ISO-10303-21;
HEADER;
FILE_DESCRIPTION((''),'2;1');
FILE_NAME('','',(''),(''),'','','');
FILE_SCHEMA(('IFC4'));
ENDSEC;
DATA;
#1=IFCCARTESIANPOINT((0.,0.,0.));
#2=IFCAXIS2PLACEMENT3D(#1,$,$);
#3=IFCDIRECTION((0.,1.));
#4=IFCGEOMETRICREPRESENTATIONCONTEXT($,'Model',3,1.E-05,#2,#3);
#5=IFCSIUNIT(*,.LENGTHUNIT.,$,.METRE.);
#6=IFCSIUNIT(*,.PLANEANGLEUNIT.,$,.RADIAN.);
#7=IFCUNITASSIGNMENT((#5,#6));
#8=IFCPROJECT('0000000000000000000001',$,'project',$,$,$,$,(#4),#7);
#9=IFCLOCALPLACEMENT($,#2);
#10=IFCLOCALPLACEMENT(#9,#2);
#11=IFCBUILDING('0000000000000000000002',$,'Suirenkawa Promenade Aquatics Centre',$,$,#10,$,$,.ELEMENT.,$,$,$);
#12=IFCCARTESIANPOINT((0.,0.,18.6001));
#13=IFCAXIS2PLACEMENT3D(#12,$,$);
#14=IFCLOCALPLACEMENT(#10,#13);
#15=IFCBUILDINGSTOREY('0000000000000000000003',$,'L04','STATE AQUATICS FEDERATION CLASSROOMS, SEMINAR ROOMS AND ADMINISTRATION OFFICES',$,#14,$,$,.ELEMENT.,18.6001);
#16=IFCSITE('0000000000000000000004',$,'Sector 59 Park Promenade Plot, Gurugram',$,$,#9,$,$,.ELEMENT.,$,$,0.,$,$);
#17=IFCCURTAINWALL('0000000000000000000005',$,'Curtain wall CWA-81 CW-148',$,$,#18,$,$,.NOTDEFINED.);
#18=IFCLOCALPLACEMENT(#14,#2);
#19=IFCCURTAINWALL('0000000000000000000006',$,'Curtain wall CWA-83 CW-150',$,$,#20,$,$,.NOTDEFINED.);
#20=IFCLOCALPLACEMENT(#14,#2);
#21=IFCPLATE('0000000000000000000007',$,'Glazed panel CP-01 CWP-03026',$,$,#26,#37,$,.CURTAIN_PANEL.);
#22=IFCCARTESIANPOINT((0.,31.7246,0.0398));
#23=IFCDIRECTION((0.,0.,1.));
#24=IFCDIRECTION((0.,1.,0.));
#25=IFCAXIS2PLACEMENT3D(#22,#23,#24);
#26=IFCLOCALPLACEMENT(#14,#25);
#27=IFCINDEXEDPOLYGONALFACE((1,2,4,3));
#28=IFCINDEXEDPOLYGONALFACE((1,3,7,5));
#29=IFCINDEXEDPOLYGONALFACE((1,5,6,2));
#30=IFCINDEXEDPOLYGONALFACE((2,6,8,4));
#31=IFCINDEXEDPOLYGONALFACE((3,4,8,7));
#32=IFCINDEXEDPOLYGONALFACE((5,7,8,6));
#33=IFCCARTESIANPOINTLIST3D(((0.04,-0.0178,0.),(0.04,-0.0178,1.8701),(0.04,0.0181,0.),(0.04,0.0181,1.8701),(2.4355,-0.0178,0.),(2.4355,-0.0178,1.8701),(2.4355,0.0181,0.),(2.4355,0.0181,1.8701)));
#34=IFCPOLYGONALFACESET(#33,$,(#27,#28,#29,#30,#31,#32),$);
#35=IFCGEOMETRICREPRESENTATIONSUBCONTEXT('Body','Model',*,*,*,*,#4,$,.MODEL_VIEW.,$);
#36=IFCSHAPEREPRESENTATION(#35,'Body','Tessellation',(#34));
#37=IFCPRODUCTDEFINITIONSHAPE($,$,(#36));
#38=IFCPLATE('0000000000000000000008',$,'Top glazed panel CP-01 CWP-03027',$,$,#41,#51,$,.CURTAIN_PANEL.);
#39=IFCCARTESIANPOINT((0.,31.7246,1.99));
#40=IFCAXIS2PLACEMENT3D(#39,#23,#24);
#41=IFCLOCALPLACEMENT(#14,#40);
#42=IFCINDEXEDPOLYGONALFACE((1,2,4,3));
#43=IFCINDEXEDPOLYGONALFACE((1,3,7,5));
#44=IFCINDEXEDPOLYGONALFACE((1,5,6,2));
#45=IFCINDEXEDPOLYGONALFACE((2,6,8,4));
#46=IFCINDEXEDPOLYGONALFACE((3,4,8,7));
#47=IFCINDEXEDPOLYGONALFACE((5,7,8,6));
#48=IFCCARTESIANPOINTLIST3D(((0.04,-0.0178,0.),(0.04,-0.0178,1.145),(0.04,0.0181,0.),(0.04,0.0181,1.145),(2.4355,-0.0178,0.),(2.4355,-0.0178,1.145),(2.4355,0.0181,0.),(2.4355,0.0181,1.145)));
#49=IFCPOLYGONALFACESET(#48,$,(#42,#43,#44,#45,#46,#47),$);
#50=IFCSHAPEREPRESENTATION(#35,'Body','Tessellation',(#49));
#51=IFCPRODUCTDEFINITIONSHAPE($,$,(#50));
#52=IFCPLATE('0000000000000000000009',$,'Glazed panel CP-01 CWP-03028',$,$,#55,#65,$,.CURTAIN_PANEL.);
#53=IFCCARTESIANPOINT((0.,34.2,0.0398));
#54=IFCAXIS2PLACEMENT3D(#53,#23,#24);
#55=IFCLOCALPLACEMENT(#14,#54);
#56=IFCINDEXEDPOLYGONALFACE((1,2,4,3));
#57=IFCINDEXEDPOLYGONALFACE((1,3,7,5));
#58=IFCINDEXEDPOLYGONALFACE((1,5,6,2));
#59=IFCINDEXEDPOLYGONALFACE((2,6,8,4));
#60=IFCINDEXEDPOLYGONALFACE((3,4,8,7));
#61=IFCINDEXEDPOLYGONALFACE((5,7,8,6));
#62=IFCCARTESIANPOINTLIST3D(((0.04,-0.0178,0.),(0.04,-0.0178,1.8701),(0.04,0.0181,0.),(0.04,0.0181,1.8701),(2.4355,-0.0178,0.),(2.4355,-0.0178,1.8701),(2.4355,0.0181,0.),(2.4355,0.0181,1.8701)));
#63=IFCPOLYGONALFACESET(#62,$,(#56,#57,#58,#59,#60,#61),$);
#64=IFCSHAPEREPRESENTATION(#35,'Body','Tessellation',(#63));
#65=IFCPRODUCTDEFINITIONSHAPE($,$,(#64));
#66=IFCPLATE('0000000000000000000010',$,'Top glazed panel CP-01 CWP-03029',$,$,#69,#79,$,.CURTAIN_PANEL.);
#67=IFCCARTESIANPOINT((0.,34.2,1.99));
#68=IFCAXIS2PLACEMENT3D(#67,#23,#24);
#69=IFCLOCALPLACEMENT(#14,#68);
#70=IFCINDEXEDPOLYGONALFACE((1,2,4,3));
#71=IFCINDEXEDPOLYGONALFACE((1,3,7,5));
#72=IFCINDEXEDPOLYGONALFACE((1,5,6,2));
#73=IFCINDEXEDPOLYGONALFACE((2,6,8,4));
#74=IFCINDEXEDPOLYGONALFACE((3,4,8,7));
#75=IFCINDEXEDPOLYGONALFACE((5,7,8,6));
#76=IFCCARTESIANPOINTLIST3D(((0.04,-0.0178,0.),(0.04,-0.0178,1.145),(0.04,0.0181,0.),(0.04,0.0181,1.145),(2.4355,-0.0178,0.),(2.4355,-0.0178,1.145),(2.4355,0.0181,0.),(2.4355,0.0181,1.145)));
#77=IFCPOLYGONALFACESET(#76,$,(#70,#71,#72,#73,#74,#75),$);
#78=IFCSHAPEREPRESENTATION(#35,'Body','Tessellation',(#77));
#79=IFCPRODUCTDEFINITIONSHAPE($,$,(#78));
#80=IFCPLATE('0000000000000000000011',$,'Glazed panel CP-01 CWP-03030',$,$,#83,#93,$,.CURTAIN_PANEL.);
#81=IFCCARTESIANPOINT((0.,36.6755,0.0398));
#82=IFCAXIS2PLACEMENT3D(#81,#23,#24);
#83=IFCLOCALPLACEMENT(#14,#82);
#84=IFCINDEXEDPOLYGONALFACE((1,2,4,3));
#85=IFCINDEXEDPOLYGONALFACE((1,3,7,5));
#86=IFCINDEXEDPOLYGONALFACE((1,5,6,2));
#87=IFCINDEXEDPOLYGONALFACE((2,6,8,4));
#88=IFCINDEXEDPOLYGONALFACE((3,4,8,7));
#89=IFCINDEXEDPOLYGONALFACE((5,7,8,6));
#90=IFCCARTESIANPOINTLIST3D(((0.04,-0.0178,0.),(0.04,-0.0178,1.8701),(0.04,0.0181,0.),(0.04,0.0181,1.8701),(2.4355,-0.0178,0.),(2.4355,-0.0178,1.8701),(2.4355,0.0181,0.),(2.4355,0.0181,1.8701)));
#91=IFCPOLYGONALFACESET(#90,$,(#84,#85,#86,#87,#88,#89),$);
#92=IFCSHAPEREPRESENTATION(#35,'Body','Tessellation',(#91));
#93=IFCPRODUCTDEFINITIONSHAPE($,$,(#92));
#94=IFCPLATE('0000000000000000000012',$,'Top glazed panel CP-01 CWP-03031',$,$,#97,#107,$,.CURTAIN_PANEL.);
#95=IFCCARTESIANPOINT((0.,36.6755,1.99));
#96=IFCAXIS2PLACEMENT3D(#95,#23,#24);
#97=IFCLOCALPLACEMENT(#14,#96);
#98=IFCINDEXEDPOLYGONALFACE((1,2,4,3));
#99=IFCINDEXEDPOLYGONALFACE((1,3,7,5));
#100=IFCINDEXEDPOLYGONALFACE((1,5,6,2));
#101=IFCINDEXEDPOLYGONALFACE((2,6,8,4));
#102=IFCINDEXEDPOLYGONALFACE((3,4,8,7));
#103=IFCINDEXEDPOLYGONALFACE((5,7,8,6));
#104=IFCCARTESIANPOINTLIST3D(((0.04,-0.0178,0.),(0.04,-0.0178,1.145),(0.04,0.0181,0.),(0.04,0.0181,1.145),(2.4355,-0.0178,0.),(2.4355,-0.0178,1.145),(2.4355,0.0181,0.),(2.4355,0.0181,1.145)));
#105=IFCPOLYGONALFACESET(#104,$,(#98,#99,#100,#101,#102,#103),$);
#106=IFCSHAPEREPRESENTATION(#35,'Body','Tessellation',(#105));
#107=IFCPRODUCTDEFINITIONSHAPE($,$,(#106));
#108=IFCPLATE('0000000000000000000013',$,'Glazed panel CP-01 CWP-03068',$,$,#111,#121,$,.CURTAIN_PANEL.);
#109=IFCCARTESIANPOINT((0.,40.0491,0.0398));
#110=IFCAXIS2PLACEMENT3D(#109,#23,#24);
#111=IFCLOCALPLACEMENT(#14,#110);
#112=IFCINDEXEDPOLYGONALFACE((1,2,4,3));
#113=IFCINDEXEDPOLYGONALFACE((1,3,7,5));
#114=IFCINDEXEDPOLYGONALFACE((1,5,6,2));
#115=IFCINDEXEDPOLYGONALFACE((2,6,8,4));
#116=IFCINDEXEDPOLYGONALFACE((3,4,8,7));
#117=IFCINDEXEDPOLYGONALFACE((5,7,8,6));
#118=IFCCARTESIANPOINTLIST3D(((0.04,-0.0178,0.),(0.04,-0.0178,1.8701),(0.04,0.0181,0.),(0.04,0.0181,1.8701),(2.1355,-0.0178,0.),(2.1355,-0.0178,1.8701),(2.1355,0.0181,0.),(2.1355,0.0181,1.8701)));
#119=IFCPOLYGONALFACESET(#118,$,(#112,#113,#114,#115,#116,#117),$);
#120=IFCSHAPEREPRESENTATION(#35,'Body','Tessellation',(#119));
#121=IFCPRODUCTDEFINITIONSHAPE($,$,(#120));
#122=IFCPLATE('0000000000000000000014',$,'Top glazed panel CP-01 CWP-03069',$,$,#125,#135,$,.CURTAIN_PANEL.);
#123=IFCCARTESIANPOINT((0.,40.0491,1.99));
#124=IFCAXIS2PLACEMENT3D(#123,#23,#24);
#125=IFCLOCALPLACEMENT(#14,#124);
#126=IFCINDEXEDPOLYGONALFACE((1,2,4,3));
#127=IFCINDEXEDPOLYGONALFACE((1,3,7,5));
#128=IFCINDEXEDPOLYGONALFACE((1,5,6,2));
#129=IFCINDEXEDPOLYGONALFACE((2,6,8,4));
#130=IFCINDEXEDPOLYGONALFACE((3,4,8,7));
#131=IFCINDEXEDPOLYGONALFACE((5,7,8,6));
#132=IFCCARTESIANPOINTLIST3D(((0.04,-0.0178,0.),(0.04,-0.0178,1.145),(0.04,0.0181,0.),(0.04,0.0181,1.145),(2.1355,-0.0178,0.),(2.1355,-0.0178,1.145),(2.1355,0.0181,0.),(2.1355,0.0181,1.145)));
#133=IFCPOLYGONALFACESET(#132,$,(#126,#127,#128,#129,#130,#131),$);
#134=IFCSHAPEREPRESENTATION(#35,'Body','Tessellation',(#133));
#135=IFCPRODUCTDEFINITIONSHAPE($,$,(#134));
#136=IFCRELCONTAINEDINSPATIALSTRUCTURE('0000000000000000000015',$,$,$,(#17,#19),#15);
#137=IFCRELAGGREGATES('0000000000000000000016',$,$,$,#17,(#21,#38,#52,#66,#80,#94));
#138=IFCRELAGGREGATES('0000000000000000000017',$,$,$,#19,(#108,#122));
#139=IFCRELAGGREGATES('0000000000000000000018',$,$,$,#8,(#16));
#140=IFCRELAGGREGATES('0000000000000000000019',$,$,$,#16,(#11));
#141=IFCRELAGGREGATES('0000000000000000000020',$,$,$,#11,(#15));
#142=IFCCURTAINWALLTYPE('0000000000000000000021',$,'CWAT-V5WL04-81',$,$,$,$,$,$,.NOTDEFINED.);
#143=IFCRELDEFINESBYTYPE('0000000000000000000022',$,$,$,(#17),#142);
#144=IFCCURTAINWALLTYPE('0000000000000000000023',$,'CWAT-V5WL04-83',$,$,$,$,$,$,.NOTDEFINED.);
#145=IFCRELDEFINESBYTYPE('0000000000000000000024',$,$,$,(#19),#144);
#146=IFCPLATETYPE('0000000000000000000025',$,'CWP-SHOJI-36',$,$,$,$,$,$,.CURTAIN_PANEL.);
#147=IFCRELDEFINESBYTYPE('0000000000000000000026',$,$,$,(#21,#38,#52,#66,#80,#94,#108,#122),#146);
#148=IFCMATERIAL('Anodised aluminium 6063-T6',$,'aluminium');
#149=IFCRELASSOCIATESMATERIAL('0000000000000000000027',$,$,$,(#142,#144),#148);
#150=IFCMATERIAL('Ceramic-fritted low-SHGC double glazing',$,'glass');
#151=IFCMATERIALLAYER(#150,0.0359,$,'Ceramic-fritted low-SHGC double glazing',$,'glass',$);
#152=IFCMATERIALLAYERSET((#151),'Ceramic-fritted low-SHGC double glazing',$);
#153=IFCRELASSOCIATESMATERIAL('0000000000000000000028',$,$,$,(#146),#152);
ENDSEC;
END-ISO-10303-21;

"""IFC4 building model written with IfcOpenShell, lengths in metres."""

from ifc_helpers import new_model, si_unit, direction, frame, origin, place, context, subcontext, project, spatial, polyline, outline, extrude, material, layer, layer_set, type_object, element, aggregate, save


model = new_model("IFC4")

# Units and contexts
model_context = context("Model", 3, precision=1e-05, world=origin(), true_north=direction((0.0, 1.0)))
body_context = subcontext(model_context, "Body", "Model", "MODEL_VIEW")
ifc_project = project(units=[si_unit("LENGTHUNIT", "METRE"), si_unit("PLANEANGLEUNIT", "RADIAN")], contexts=[model_context])

# Site, building, storey
site_placement = place(None, origin())
site = spatial("IfcSite", under=ifc_project, at=site_placement, Name="Sector 59 Park Promenade Plot, Gurugram", CompositionType="ELEMENT", RefElevation=0.0)
building_placement = place(site_placement, origin())
building = spatial("IfcBuilding", under=site, at=building_placement, Name="Suirenkawa Promenade Aquatics Centre", CompositionType="ELEMENT")
storey_placement = place(building_placement, frame((0.0, 0.0, 18.6001)))
storey = spatial("IfcBuildingStorey", under=building, at=storey_placement, Name="L04", Description="STATE AQUATICS FEDERATION CLASSROOMS, SEMINAR ROOMS AND ADMINISTRATION OFFICES", CompositionType="ELEMENT", Elevation=18.6001)

# Curtain wall
ifc_material_1 = material(Name="Anodised aluminium 6063-T6", Category="aluminium")
curtain_wall_type_1 = type_object("IfcCurtainWallType", Name="CWAT-V5WL04-81", PredefinedType="NOTDEFINED", material=ifc_material_1)
curtain_wall_1_placement = place(storey_placement, origin())
curtain_wall_1 = element("IfcCurtainWall", 1, at=curtain_wall_1_placement, inside=storey, type_object=curtain_wall_type_1, Name="Curtain wall CWA-81 CW-148", PredefinedType="NOTDEFINED")

# Curtain wall
curtain_wall_type_2 = type_object("IfcCurtainWallType", Name="CWAT-V5WL04-83", PredefinedType="NOTDEFINED", material=ifc_material_1)
curtain_wall_2_placement = place(storey_placement, origin())
curtain_wall_2 = element("IfcCurtainWall", 2, at=curtain_wall_2_placement, inside=storey, type_object=curtain_wall_type_2, Name="Curtain wall CWA-83 CW-150", PredefinedType="NOTDEFINED")

# Plates
ifc_material_2 = material(Name="Ceramic-fritted low-SHGC double glazing", Category="glass")
ifc_layer_1 = layer(ifc_material_2, 0.0359, Name="Ceramic-fritted low-SHGC double glazing", Category="glass")
ifc_layer_set_1 = layer_set([ifc_layer_1], Name="Ceramic-fritted low-SHGC double glazing")
plate_type = type_object("IfcPlateType", Name="CWP-SHOJI-36", PredefinedType="CURTAIN_PANEL", material=ifc_layer_set_1)
plate_1_placement = place(storey_placement, frame((0.0, 31.7246, 0.0398), z_axis=(0.0, 0.0, 1.0), x_axis=(0.0, 1.0, 0.0)))
plate_1 = element("IfcPlate", 3, at=plate_1_placement, type_object=plate_type, Name="Glazed panel CP-01 CWP-03026", PredefinedType="CURTAIN_PANEL", context=body_context, shape_type="SweptSolid", body=[
    extrude(outline(polyline([(0.04, 0.0), (2.4355, 0.0), (2.4355, 1.8701), (0.04, 1.8701), (0.04, 0.0)])), frame((0.0, 0.0181, 0.0), z_axis=(0.0, -1.0, 0.0), x_axis=(1.0, 0.0, 0.0)), (0.0, 0.0, 1.0), 0.0359),
])
plate_2_placement = place(storey_placement, frame((0.0, 31.7246, 1.99), z_axis=(0.0, 0.0, 1.0), x_axis=(0.0, 1.0, 0.0)))
plate_2 = element("IfcPlate", 4, at=plate_2_placement, type_object=plate_type, Name="Top glazed panel CP-01 CWP-03027", PredefinedType="CURTAIN_PANEL", context=body_context, shape_type="SweptSolid", body=[
    extrude(outline(polyline([(0.04, 0.0), (2.4355, 0.0), (2.4355, 1.145), (0.04, 1.145), (0.04, 0.0)])), frame((0.0, 0.0181, 0.0), z_axis=(0.0, -1.0, 0.0), x_axis=(1.0, 0.0, 0.0)), (0.0, 0.0, 1.0), 0.0359),
])
plate_3_placement = place(storey_placement, frame((0.0, 34.2, 0.0398), z_axis=(0.0, 0.0, 1.0), x_axis=(0.0, 1.0, 0.0)))
plate_3 = element("IfcPlate", 5, at=plate_3_placement, type_object=plate_type, Name="Glazed panel CP-01 CWP-03028", PredefinedType="CURTAIN_PANEL", context=body_context, shape_type="SweptSolid", body=[
    extrude(outline(polyline([(0.04, 0.0), (2.4355, 0.0), (2.4355, 1.8701), (0.04, 1.8701), (0.04, 0.0)])), frame((0.0, 0.0181, 0.0), z_axis=(0.0, -1.0, 0.0), x_axis=(1.0, 0.0, 0.0)), (0.0, 0.0, 1.0), 0.0359),
])
plate_4_placement = place(storey_placement, frame((0.0, 34.2, 1.99), z_axis=(0.0, 0.0, 1.0), x_axis=(0.0, 1.0, 0.0)))
plate_4 = element("IfcPlate", 6, at=plate_4_placement, type_object=plate_type, Name="Top glazed panel CP-01 CWP-03029", PredefinedType="CURTAIN_PANEL", context=body_context, shape_type="SweptSolid", body=[
    extrude(outline(polyline([(0.04, 0.0), (2.4355, 0.0), (2.4355, 1.145), (0.04, 1.145), (0.04, 0.0)])), frame((0.0, 0.0181, 0.0), z_axis=(0.0, -1.0, 0.0), x_axis=(1.0, 0.0, 0.0)), (0.0, 0.0, 1.0), 0.0359),
])
plate_5_placement = place(storey_placement, frame((0.0, 36.6755, 0.0398), z_axis=(0.0, 0.0, 1.0), x_axis=(0.0, 1.0, 0.0)))
plate_5 = element("IfcPlate", 7, at=plate_5_placement, type_object=plate_type, Name="Glazed panel CP-01 CWP-03030", PredefinedType="CURTAIN_PANEL", context=body_context, shape_type="SweptSolid", body=[
    extrude(outline(polyline([(0.04, 0.0), (2.4355, 0.0), (2.4355, 1.8701), (0.04, 1.8701), (0.04, 0.0)])), frame((0.0, 0.0181, 0.0), z_axis=(0.0, -1.0, 0.0), x_axis=(1.0, 0.0, 0.0)), (0.0, 0.0, 1.0), 0.0359),
])
plate_6_placement = place(storey_placement, frame((0.0, 36.6755, 1.99), z_axis=(0.0, 0.0, 1.0), x_axis=(0.0, 1.0, 0.0)))
plate_6 = element("IfcPlate", 8, at=plate_6_placement, type_object=plate_type, Name="Top glazed panel CP-01 CWP-03031", PredefinedType="CURTAIN_PANEL", context=body_context, shape_type="SweptSolid", body=[
    extrude(outline(polyline([(0.04, 0.0), (2.4355, 0.0), (2.4355, 1.145), (0.04, 1.145), (0.04, 0.0)])), frame((0.0, 0.0181, 0.0), z_axis=(0.0, -1.0, 0.0), x_axis=(1.0, 0.0, 0.0)), (0.0, 0.0, 1.0), 0.0359),
])
aggregate(curtain_wall_1, [plate_1, plate_2, plate_3, plate_4, plate_5, plate_6])
plate_7_placement = place(storey_placement, frame((0.0, 40.0491, 0.0398), z_axis=(0.0, 0.0, 1.0), x_axis=(0.0, 1.0, 0.0)))
plate_7 = element("IfcPlate", 9, at=plate_7_placement, type_object=plate_type, Name="Glazed panel CP-01 CWP-03068", PredefinedType="CURTAIN_PANEL", context=body_context, shape_type="SweptSolid", body=[
    extrude(outline(polyline([(0.04, 0.0), (2.1355, 0.0), (2.1355, 1.8701), (0.04, 1.8701), (0.04, 0.0)])), frame((0.0, 0.0181, 0.0), z_axis=(0.0, -1.0, 0.0), x_axis=(1.0, 0.0, 0.0)), (0.0, 0.0, 1.0), 0.0359),
])
plate_8_placement = place(storey_placement, frame((0.0, 40.0491, 1.99), z_axis=(0.0, 0.0, 1.0), x_axis=(0.0, 1.0, 0.0)))
plate_8 = element("IfcPlate", 10, at=plate_8_placement, type_object=plate_type, Name="Top glazed panel CP-01 CWP-03069", PredefinedType="CURTAIN_PANEL", context=body_context, shape_type="SweptSolid", body=[
    extrude(outline(polyline([(0.04, 0.0), (2.1355, 0.0), (2.1355, 1.145), (0.04, 1.145), (0.04, 0.0)])), frame((0.0, 0.0181, 0.0), z_axis=(0.0, -1.0, 0.0), x_axis=(1.0, 0.0, 0.0)), (0.0, 0.0, 1.0), 0.0359),
])
aggregate(curtain_wall_2, [plate_7, plate_8])

save(model, "model.ifc")
